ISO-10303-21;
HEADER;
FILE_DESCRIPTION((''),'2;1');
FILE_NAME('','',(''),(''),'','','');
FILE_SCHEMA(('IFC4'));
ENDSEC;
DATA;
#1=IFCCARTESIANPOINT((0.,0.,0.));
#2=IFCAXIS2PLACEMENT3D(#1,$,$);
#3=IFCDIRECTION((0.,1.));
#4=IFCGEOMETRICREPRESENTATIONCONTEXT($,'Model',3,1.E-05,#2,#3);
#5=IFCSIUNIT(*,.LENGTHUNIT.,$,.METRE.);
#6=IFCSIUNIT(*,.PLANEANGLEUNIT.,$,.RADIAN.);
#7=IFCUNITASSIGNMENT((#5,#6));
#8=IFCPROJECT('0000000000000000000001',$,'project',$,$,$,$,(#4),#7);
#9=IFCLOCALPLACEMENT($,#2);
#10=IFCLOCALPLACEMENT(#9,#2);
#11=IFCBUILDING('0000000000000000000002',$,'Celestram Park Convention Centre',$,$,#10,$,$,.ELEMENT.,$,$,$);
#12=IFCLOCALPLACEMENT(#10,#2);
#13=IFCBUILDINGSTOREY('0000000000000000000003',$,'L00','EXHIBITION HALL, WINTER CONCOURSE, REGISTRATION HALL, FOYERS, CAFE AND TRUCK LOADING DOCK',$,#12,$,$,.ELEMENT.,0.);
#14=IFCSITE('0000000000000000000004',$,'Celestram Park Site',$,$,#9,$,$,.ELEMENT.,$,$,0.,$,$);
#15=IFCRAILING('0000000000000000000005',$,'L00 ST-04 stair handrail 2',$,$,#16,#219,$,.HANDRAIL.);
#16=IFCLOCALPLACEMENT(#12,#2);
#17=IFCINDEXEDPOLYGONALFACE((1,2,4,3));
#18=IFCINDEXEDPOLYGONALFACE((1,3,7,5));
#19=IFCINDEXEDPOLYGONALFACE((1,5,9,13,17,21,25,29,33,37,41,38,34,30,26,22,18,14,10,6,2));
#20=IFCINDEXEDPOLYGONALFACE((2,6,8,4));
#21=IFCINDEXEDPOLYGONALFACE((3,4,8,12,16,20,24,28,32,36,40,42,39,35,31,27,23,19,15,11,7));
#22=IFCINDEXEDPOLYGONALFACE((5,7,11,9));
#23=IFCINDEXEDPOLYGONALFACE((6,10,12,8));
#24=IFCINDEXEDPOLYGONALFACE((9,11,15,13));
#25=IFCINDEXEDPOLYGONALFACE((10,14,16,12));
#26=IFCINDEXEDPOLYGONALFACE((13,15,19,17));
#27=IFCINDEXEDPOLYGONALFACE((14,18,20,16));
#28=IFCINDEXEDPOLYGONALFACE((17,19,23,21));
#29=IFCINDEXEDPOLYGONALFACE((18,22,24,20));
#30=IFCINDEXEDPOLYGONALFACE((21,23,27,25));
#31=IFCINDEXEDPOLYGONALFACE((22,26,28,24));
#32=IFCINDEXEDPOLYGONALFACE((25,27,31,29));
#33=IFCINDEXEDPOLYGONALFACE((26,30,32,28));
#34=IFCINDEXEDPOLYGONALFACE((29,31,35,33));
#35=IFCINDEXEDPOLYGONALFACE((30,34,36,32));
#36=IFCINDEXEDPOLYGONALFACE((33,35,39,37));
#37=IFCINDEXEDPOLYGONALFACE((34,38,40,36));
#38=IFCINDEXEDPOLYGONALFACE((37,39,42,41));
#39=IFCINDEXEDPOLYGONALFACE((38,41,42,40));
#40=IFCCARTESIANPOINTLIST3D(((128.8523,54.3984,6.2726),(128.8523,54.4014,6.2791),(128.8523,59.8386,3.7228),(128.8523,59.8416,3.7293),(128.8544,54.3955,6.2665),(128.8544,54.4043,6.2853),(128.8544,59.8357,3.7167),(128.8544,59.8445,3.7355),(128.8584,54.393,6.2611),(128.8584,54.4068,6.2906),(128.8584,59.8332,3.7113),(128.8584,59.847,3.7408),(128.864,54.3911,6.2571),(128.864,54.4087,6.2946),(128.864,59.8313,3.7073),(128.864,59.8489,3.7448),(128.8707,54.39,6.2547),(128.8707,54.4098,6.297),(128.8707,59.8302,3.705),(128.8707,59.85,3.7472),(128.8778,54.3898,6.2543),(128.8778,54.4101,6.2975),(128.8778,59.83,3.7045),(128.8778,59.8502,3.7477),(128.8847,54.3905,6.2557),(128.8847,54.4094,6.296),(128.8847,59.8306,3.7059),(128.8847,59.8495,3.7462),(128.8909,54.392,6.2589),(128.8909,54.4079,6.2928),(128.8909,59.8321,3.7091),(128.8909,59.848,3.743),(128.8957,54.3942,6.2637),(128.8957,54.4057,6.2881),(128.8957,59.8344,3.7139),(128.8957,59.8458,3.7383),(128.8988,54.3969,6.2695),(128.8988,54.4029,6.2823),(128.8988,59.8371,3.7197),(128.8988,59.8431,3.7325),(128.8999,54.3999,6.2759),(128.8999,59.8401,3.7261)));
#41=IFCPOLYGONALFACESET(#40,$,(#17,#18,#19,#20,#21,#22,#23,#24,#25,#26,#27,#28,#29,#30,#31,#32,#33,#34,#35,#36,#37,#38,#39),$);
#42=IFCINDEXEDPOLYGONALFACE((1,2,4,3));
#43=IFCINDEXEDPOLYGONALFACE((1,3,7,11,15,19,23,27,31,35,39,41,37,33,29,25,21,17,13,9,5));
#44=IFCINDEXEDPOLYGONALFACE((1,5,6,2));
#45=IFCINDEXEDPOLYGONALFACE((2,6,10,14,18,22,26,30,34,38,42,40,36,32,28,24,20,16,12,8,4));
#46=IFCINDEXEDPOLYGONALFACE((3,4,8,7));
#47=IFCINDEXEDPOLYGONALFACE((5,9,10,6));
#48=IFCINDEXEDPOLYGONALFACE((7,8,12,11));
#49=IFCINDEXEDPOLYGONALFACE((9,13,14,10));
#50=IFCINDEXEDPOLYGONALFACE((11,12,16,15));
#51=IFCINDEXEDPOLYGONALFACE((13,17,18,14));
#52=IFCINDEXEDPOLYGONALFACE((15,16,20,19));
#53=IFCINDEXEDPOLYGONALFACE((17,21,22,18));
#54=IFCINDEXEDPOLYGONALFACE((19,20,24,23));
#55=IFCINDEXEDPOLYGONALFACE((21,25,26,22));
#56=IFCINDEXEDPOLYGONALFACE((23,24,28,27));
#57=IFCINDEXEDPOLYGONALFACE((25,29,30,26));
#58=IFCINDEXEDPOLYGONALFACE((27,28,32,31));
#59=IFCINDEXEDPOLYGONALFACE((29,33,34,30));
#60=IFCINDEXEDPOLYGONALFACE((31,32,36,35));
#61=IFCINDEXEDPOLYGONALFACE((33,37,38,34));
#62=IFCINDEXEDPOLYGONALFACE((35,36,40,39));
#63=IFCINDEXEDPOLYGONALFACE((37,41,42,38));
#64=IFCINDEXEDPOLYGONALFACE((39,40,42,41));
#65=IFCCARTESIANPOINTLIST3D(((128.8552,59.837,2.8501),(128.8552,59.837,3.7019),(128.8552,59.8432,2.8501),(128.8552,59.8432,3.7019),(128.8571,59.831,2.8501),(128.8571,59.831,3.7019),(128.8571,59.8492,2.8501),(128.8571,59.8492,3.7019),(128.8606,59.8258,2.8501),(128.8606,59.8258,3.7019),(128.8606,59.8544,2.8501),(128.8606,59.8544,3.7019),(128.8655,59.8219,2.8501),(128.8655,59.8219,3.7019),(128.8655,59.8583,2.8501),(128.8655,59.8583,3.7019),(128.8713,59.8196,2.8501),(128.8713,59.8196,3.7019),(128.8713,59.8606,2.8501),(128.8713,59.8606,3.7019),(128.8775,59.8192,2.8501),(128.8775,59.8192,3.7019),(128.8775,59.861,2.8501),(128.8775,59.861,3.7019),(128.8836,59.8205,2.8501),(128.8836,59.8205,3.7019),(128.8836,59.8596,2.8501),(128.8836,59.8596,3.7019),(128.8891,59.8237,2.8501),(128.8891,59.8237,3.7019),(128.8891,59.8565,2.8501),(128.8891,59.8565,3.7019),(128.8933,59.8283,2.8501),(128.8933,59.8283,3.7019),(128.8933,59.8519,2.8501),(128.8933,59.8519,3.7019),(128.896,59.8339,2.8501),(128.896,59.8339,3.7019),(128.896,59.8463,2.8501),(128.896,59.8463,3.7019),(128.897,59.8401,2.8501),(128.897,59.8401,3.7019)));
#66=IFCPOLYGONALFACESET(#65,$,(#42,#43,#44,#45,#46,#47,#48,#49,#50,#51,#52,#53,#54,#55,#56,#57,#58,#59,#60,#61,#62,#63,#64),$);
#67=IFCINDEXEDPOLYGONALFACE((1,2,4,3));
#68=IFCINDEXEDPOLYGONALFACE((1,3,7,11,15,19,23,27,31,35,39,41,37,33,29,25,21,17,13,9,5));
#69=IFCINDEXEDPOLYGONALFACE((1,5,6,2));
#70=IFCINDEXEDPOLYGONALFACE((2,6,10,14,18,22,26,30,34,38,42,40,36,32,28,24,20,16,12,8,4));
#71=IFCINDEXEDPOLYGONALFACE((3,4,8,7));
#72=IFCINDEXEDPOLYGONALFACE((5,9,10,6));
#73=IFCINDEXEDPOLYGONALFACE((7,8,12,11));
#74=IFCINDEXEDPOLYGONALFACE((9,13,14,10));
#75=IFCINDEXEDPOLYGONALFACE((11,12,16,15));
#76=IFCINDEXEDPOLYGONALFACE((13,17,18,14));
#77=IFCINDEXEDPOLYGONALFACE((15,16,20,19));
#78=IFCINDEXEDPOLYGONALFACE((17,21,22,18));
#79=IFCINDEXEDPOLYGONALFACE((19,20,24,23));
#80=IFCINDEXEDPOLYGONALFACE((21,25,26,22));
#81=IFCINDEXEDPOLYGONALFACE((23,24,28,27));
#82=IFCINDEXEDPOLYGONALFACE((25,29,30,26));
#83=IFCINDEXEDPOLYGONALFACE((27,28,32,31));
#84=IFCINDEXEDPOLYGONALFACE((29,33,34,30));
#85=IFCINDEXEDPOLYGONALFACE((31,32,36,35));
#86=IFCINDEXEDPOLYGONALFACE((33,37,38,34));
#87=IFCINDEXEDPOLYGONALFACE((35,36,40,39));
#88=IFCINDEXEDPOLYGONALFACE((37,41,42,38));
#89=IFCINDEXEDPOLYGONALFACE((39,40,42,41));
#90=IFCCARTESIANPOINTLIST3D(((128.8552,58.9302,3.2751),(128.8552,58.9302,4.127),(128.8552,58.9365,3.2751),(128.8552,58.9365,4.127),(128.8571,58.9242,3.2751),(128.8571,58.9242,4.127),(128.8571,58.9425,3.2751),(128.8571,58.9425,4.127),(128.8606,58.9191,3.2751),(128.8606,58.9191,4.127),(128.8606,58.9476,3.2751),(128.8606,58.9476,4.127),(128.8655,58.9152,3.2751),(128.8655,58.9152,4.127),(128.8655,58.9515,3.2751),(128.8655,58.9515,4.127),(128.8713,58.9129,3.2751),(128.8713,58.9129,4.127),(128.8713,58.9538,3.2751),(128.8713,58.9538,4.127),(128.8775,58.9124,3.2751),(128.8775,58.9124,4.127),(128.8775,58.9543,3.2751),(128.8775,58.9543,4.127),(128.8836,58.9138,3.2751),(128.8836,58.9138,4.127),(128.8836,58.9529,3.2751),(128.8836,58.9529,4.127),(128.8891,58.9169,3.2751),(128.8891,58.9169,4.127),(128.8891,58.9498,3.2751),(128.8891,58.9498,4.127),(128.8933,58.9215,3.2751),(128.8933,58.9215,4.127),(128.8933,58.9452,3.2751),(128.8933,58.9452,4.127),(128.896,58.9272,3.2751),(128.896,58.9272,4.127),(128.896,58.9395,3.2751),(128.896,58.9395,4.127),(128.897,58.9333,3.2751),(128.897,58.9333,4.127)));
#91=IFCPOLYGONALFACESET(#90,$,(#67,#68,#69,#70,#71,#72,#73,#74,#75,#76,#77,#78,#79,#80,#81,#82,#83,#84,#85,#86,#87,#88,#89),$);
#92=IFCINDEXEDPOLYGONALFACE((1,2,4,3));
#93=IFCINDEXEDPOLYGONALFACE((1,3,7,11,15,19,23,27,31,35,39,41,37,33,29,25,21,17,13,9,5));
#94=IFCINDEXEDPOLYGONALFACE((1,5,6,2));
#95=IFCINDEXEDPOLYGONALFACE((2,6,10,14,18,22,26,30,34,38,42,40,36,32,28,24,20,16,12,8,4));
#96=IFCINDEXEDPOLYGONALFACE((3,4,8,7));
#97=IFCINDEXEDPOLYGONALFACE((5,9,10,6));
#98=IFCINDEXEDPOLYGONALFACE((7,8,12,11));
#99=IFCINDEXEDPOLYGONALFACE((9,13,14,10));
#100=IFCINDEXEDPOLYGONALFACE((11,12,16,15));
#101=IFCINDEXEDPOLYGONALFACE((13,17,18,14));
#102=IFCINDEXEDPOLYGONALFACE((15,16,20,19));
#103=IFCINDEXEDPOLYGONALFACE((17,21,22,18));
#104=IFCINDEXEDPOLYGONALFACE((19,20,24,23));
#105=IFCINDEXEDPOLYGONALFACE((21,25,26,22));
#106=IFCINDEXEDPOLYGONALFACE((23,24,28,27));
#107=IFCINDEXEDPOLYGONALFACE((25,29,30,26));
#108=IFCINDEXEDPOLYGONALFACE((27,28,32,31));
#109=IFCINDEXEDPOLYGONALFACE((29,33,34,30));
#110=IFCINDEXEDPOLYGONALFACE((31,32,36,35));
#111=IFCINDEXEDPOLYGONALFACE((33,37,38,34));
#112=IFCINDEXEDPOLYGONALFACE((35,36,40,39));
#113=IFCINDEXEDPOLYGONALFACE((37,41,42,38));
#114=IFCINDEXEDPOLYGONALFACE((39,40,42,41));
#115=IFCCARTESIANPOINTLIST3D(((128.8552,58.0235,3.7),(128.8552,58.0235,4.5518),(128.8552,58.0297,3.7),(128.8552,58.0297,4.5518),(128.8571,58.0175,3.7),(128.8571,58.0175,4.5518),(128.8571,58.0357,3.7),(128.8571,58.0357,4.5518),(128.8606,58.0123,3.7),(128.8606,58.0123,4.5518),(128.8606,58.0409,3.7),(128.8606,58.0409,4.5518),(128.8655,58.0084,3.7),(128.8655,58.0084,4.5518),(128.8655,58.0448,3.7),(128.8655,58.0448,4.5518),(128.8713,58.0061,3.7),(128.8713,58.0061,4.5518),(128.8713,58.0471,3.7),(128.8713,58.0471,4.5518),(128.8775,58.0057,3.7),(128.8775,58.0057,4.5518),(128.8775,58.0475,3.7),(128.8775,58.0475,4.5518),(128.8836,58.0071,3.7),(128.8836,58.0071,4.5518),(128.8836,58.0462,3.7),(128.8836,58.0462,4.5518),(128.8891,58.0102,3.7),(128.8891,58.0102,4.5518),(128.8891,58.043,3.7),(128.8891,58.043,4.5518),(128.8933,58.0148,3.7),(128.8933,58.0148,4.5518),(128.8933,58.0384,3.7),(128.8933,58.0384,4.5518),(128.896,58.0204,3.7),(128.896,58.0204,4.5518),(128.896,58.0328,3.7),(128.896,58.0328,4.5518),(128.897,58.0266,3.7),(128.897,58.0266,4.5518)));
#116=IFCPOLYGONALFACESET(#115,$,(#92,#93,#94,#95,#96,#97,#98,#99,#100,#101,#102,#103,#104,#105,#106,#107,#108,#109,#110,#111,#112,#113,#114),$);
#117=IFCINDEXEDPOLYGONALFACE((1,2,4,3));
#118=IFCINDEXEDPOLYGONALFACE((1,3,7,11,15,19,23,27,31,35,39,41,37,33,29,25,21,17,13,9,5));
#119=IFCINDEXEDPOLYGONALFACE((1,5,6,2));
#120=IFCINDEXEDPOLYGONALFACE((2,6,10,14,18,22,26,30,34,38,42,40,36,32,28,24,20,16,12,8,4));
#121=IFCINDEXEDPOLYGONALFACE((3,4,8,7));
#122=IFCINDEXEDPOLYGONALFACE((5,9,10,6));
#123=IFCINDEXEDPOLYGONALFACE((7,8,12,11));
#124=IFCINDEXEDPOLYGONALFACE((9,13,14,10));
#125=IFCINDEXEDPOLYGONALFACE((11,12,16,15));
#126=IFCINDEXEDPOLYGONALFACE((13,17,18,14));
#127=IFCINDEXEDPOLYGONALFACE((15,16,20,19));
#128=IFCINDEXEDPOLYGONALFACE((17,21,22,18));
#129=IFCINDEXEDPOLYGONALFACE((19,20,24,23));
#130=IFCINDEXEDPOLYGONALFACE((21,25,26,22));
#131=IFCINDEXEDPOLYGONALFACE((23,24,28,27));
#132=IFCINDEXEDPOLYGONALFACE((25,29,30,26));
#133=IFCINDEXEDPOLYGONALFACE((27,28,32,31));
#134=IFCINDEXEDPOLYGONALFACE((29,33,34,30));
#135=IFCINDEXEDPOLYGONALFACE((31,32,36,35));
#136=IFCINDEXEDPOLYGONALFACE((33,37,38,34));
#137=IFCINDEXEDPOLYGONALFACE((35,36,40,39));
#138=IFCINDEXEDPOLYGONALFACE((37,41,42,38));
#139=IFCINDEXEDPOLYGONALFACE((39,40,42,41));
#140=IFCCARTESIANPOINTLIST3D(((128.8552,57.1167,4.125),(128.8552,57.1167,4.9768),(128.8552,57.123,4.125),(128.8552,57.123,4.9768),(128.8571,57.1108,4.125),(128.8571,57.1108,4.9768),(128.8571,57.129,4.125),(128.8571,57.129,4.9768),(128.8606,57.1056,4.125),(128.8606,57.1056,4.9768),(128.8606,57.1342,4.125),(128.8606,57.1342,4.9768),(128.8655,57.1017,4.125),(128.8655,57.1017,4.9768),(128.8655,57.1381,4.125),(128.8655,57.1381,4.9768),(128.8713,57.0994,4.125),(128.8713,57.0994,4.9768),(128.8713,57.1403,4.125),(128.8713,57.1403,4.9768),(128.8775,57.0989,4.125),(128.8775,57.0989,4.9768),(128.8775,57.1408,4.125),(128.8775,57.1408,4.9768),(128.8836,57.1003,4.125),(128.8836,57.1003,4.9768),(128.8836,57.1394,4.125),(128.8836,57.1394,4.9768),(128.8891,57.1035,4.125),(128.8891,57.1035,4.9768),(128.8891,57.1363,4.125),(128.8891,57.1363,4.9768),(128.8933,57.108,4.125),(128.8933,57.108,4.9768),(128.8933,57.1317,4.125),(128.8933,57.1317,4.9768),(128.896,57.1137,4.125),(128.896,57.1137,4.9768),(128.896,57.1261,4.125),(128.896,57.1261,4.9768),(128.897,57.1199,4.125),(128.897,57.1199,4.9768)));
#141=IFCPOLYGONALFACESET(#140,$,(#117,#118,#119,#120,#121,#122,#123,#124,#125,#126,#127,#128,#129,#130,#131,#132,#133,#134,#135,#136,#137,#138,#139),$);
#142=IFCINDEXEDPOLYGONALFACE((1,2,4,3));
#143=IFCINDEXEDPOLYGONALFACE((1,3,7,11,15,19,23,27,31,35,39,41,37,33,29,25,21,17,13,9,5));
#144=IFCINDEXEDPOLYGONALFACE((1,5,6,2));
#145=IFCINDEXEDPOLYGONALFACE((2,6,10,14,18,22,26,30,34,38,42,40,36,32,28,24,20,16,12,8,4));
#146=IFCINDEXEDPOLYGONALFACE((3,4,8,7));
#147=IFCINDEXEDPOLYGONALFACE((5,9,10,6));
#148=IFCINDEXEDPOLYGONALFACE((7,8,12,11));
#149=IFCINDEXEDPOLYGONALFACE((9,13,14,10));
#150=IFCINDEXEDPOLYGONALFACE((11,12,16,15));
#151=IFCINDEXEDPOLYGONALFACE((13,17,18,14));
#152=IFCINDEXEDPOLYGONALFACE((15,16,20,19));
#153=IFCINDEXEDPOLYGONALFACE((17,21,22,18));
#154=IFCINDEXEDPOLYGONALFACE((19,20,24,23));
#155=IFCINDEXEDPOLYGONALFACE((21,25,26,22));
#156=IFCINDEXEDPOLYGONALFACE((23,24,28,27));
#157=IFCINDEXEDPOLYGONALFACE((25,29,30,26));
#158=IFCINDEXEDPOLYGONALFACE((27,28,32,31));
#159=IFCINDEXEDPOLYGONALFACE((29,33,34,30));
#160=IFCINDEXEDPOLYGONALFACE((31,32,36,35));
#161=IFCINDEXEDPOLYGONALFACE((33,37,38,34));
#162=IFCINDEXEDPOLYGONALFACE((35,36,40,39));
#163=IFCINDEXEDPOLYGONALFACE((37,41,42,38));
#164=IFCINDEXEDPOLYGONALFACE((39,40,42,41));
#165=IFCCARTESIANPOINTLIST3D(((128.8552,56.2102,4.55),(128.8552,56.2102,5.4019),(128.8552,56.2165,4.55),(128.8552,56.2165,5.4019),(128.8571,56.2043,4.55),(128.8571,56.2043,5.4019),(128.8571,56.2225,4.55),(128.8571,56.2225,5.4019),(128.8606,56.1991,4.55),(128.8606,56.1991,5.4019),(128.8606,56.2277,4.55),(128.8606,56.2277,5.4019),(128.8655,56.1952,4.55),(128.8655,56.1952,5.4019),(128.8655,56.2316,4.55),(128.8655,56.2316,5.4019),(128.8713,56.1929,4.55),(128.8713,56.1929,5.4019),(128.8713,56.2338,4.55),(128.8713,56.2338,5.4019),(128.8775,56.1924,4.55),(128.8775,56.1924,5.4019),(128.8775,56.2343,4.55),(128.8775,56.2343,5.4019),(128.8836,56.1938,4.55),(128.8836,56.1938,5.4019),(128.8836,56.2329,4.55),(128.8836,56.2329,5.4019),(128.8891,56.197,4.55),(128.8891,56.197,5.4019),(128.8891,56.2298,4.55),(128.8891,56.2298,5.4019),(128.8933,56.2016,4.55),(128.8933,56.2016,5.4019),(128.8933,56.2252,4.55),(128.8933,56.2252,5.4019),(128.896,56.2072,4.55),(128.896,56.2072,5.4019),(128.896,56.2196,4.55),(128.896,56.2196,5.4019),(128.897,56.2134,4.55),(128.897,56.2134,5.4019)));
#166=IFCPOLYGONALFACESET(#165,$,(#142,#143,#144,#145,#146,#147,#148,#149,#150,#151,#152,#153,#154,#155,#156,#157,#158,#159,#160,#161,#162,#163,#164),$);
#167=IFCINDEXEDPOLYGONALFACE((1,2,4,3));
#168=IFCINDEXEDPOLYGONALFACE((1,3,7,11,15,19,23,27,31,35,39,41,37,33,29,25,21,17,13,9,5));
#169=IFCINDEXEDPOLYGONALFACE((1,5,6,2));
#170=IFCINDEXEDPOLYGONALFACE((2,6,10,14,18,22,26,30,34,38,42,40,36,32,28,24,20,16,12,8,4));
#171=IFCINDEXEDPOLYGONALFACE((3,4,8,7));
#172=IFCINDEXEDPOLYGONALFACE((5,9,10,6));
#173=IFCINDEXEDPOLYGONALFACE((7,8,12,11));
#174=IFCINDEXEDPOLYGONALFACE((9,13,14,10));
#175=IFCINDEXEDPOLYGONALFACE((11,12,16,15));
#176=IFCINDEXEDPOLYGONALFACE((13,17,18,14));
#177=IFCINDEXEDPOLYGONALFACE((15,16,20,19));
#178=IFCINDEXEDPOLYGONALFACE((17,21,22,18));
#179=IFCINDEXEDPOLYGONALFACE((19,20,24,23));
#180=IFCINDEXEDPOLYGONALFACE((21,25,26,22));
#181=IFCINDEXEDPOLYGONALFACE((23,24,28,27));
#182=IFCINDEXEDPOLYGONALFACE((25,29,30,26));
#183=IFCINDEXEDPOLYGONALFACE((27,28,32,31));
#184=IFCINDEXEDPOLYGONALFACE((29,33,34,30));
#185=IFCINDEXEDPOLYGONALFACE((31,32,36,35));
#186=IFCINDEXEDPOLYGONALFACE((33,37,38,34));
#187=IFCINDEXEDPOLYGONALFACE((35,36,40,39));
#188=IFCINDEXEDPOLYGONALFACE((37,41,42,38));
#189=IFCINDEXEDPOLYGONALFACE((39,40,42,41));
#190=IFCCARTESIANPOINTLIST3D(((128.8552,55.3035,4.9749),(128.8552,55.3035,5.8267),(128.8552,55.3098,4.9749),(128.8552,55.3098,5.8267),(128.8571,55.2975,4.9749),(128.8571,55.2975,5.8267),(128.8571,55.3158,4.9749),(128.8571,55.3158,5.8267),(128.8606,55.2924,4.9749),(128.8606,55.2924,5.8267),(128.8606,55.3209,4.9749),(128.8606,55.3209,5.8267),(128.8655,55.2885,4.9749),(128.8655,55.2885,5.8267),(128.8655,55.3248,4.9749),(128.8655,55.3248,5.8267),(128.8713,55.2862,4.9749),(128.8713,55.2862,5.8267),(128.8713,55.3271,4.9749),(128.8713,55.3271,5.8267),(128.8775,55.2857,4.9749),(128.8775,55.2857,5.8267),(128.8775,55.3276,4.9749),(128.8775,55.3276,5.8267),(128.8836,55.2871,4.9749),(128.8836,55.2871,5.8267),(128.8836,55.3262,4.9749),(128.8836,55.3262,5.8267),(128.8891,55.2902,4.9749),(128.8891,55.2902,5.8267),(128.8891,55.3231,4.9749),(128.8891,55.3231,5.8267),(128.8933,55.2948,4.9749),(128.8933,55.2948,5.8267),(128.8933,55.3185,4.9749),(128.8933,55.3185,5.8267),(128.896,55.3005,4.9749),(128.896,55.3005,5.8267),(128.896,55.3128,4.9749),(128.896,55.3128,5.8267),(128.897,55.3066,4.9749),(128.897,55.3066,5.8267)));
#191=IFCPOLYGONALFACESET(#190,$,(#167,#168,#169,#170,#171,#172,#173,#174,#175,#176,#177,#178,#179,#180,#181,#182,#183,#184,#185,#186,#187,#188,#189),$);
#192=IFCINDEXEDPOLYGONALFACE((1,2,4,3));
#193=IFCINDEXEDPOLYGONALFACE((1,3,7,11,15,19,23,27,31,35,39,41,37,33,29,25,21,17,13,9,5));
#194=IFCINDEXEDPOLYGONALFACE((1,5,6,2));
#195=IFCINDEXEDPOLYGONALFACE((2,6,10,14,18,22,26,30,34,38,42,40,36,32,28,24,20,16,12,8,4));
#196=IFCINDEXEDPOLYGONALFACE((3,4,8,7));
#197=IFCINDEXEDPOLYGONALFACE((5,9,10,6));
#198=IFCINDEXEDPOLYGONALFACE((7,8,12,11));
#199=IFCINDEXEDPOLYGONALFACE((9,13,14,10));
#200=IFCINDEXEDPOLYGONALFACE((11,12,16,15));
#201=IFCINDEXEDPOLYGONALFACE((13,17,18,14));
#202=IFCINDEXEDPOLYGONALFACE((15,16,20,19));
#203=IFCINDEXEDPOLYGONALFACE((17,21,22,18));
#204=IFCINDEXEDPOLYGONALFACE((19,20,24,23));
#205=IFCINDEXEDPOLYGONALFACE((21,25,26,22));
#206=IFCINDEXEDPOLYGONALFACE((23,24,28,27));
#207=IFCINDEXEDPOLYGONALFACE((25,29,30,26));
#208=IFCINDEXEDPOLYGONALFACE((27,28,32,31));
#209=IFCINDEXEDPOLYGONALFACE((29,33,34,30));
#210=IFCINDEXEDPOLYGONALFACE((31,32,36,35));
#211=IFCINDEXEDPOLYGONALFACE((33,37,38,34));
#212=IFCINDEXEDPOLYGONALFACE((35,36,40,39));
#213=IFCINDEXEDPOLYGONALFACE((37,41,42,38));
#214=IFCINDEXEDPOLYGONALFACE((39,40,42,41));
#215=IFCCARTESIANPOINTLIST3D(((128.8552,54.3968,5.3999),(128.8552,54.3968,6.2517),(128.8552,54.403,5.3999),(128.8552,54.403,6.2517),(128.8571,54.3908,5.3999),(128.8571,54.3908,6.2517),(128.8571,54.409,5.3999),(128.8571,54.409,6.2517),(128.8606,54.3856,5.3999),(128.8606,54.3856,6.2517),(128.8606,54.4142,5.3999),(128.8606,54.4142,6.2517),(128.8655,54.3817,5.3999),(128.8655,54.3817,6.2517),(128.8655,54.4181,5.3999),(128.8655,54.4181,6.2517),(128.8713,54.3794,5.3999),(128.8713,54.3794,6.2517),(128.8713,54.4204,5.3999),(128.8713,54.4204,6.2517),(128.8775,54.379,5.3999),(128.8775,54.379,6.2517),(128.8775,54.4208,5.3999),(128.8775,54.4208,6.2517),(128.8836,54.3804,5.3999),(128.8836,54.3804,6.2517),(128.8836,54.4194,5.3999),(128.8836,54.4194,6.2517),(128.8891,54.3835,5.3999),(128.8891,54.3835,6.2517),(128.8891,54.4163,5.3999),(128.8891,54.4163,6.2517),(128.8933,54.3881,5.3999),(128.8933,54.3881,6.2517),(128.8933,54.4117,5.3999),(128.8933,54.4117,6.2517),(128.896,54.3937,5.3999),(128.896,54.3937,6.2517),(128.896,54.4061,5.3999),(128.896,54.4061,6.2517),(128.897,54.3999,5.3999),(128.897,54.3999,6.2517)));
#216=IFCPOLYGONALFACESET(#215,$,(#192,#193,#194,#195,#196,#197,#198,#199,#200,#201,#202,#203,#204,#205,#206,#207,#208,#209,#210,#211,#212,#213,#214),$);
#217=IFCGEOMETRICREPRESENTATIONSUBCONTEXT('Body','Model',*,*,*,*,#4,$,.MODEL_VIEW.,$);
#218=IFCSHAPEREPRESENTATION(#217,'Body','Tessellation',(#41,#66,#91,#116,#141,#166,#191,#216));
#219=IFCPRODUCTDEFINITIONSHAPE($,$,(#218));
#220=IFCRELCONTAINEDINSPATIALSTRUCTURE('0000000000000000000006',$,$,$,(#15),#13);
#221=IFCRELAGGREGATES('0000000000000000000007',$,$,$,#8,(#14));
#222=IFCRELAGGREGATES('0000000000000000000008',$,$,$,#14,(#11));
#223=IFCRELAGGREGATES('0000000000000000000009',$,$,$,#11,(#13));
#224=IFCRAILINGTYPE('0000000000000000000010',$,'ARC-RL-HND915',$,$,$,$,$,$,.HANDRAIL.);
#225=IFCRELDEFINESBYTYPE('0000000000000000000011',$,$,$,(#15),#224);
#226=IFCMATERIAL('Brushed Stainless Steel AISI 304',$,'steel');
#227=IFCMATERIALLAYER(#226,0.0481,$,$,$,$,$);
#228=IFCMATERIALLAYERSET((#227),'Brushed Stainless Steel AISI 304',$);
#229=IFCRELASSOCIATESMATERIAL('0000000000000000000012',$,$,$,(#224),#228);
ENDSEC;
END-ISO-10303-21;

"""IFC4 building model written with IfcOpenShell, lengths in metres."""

from ifc_helpers import new_model, si_unit, direction, frame, origin, origin_2d, place, context, subcontext, project, spatial, circle, extrude, material, layer, layer_set, type_object, element, save


model = new_model("IFC4")

# Units and contexts
model_context = context("Model", 3, precision=1e-05, world=origin(), true_north=direction((0.0, 1.0)))
body_context = subcontext(model_context, "Body", "Model", "MODEL_VIEW")
ifc_project = project(units=[si_unit("LENGTHUNIT", "METRE"), si_unit("PLANEANGLEUNIT", "RADIAN")], contexts=[model_context])

# Site, building, storey
site_placement = place(None, origin())
site = spatial("IfcSite", under=ifc_project, at=site_placement, Name="Celestram Park Site", CompositionType="ELEMENT", RefElevation=0.0)
building_placement = place(site_placement, origin())
building = spatial("IfcBuilding", under=site, at=building_placement, Name="Celestram Park Convention Centre", CompositionType="ELEMENT")
storey_placement = place(building_placement, origin())
storey = spatial("IfcBuildingStorey", under=building, at=storey_placement, Name="L00", Description="EXHIBITION HALL, WINTER CONCOURSE, REGISTRATION HALL, FOYERS, CAFE AND TRUCK LOADING DOCK", CompositionType="ELEMENT", Elevation=0.0)

# Railing
ifc_material_1 = material(Name="Brushed Stainless Steel AISI 304", Category="steel")
ifc_layer_1 = layer(ifc_material_1, 0.0481)
ifc_layer_set_1 = layer_set([ifc_layer_1], Name="Brushed Stainless Steel AISI 304")
railing_type_1 = type_object("IfcRailingType", Name="ARC-RL-HND915", PredefinedType="HANDRAIL", material=ifc_layer_set_1)
railing_1_placement = place(storey_placement, frame((128.876, 59.8401, 2.8501)))
element("IfcRailing", 1, at=railing_1_placement, inside=storey, type_object=railing_type_1, Name="L00 ST-04 stair handrail 2", PredefinedType="HANDRAIL", context=body_context, shape_type="SweptSolid", body=[
    extrude(circle(Radius=0.0239, at=origin_2d()), frame((0.0, 0.0, 0.876), z_axis=(0.0, -0.905477, 0.424395), x_axis=(1.0, 0.0, 0.0)), (0.0, 0.0, 1.0), 6.0081),
    extrude(circle(Radius=0.021, at=origin_2d()), origin(), (0.0, 0.0, 1.0), 0.8518),
    extrude(circle(Radius=0.021, at=origin_2d()), frame((0.0, -0.9067, 0.425)), (0.0, 0.0, 1.0), 0.8518),
    extrude(circle(Radius=0.021, at=origin_2d()), frame((0.0, -1.8135, 0.8499)), (0.0, 0.0, 1.0), 0.8518),
    extrude(circle(Radius=0.021, at=origin_2d()), frame((0.0, -2.7202, 1.2749)), (0.0, 0.0, 1.0), 0.8518),
    extrude(circle(Radius=0.021, at=origin_2d()), frame((0.0, -3.6267, 1.7)), (0.0, 0.0, 1.0), 0.8518),
    extrude(circle(Radius=0.021, at=origin_2d()), frame((0.0, -4.5334, 2.1248)), (0.0, 0.0, 1.0), 0.8518),
    extrude(circle(Radius=0.021, at=origin_2d()), frame((0.0, -5.4402, 2.5498)), (0.0, 0.0, 1.0), 0.8518),
])

save(model, "model.ifc")
